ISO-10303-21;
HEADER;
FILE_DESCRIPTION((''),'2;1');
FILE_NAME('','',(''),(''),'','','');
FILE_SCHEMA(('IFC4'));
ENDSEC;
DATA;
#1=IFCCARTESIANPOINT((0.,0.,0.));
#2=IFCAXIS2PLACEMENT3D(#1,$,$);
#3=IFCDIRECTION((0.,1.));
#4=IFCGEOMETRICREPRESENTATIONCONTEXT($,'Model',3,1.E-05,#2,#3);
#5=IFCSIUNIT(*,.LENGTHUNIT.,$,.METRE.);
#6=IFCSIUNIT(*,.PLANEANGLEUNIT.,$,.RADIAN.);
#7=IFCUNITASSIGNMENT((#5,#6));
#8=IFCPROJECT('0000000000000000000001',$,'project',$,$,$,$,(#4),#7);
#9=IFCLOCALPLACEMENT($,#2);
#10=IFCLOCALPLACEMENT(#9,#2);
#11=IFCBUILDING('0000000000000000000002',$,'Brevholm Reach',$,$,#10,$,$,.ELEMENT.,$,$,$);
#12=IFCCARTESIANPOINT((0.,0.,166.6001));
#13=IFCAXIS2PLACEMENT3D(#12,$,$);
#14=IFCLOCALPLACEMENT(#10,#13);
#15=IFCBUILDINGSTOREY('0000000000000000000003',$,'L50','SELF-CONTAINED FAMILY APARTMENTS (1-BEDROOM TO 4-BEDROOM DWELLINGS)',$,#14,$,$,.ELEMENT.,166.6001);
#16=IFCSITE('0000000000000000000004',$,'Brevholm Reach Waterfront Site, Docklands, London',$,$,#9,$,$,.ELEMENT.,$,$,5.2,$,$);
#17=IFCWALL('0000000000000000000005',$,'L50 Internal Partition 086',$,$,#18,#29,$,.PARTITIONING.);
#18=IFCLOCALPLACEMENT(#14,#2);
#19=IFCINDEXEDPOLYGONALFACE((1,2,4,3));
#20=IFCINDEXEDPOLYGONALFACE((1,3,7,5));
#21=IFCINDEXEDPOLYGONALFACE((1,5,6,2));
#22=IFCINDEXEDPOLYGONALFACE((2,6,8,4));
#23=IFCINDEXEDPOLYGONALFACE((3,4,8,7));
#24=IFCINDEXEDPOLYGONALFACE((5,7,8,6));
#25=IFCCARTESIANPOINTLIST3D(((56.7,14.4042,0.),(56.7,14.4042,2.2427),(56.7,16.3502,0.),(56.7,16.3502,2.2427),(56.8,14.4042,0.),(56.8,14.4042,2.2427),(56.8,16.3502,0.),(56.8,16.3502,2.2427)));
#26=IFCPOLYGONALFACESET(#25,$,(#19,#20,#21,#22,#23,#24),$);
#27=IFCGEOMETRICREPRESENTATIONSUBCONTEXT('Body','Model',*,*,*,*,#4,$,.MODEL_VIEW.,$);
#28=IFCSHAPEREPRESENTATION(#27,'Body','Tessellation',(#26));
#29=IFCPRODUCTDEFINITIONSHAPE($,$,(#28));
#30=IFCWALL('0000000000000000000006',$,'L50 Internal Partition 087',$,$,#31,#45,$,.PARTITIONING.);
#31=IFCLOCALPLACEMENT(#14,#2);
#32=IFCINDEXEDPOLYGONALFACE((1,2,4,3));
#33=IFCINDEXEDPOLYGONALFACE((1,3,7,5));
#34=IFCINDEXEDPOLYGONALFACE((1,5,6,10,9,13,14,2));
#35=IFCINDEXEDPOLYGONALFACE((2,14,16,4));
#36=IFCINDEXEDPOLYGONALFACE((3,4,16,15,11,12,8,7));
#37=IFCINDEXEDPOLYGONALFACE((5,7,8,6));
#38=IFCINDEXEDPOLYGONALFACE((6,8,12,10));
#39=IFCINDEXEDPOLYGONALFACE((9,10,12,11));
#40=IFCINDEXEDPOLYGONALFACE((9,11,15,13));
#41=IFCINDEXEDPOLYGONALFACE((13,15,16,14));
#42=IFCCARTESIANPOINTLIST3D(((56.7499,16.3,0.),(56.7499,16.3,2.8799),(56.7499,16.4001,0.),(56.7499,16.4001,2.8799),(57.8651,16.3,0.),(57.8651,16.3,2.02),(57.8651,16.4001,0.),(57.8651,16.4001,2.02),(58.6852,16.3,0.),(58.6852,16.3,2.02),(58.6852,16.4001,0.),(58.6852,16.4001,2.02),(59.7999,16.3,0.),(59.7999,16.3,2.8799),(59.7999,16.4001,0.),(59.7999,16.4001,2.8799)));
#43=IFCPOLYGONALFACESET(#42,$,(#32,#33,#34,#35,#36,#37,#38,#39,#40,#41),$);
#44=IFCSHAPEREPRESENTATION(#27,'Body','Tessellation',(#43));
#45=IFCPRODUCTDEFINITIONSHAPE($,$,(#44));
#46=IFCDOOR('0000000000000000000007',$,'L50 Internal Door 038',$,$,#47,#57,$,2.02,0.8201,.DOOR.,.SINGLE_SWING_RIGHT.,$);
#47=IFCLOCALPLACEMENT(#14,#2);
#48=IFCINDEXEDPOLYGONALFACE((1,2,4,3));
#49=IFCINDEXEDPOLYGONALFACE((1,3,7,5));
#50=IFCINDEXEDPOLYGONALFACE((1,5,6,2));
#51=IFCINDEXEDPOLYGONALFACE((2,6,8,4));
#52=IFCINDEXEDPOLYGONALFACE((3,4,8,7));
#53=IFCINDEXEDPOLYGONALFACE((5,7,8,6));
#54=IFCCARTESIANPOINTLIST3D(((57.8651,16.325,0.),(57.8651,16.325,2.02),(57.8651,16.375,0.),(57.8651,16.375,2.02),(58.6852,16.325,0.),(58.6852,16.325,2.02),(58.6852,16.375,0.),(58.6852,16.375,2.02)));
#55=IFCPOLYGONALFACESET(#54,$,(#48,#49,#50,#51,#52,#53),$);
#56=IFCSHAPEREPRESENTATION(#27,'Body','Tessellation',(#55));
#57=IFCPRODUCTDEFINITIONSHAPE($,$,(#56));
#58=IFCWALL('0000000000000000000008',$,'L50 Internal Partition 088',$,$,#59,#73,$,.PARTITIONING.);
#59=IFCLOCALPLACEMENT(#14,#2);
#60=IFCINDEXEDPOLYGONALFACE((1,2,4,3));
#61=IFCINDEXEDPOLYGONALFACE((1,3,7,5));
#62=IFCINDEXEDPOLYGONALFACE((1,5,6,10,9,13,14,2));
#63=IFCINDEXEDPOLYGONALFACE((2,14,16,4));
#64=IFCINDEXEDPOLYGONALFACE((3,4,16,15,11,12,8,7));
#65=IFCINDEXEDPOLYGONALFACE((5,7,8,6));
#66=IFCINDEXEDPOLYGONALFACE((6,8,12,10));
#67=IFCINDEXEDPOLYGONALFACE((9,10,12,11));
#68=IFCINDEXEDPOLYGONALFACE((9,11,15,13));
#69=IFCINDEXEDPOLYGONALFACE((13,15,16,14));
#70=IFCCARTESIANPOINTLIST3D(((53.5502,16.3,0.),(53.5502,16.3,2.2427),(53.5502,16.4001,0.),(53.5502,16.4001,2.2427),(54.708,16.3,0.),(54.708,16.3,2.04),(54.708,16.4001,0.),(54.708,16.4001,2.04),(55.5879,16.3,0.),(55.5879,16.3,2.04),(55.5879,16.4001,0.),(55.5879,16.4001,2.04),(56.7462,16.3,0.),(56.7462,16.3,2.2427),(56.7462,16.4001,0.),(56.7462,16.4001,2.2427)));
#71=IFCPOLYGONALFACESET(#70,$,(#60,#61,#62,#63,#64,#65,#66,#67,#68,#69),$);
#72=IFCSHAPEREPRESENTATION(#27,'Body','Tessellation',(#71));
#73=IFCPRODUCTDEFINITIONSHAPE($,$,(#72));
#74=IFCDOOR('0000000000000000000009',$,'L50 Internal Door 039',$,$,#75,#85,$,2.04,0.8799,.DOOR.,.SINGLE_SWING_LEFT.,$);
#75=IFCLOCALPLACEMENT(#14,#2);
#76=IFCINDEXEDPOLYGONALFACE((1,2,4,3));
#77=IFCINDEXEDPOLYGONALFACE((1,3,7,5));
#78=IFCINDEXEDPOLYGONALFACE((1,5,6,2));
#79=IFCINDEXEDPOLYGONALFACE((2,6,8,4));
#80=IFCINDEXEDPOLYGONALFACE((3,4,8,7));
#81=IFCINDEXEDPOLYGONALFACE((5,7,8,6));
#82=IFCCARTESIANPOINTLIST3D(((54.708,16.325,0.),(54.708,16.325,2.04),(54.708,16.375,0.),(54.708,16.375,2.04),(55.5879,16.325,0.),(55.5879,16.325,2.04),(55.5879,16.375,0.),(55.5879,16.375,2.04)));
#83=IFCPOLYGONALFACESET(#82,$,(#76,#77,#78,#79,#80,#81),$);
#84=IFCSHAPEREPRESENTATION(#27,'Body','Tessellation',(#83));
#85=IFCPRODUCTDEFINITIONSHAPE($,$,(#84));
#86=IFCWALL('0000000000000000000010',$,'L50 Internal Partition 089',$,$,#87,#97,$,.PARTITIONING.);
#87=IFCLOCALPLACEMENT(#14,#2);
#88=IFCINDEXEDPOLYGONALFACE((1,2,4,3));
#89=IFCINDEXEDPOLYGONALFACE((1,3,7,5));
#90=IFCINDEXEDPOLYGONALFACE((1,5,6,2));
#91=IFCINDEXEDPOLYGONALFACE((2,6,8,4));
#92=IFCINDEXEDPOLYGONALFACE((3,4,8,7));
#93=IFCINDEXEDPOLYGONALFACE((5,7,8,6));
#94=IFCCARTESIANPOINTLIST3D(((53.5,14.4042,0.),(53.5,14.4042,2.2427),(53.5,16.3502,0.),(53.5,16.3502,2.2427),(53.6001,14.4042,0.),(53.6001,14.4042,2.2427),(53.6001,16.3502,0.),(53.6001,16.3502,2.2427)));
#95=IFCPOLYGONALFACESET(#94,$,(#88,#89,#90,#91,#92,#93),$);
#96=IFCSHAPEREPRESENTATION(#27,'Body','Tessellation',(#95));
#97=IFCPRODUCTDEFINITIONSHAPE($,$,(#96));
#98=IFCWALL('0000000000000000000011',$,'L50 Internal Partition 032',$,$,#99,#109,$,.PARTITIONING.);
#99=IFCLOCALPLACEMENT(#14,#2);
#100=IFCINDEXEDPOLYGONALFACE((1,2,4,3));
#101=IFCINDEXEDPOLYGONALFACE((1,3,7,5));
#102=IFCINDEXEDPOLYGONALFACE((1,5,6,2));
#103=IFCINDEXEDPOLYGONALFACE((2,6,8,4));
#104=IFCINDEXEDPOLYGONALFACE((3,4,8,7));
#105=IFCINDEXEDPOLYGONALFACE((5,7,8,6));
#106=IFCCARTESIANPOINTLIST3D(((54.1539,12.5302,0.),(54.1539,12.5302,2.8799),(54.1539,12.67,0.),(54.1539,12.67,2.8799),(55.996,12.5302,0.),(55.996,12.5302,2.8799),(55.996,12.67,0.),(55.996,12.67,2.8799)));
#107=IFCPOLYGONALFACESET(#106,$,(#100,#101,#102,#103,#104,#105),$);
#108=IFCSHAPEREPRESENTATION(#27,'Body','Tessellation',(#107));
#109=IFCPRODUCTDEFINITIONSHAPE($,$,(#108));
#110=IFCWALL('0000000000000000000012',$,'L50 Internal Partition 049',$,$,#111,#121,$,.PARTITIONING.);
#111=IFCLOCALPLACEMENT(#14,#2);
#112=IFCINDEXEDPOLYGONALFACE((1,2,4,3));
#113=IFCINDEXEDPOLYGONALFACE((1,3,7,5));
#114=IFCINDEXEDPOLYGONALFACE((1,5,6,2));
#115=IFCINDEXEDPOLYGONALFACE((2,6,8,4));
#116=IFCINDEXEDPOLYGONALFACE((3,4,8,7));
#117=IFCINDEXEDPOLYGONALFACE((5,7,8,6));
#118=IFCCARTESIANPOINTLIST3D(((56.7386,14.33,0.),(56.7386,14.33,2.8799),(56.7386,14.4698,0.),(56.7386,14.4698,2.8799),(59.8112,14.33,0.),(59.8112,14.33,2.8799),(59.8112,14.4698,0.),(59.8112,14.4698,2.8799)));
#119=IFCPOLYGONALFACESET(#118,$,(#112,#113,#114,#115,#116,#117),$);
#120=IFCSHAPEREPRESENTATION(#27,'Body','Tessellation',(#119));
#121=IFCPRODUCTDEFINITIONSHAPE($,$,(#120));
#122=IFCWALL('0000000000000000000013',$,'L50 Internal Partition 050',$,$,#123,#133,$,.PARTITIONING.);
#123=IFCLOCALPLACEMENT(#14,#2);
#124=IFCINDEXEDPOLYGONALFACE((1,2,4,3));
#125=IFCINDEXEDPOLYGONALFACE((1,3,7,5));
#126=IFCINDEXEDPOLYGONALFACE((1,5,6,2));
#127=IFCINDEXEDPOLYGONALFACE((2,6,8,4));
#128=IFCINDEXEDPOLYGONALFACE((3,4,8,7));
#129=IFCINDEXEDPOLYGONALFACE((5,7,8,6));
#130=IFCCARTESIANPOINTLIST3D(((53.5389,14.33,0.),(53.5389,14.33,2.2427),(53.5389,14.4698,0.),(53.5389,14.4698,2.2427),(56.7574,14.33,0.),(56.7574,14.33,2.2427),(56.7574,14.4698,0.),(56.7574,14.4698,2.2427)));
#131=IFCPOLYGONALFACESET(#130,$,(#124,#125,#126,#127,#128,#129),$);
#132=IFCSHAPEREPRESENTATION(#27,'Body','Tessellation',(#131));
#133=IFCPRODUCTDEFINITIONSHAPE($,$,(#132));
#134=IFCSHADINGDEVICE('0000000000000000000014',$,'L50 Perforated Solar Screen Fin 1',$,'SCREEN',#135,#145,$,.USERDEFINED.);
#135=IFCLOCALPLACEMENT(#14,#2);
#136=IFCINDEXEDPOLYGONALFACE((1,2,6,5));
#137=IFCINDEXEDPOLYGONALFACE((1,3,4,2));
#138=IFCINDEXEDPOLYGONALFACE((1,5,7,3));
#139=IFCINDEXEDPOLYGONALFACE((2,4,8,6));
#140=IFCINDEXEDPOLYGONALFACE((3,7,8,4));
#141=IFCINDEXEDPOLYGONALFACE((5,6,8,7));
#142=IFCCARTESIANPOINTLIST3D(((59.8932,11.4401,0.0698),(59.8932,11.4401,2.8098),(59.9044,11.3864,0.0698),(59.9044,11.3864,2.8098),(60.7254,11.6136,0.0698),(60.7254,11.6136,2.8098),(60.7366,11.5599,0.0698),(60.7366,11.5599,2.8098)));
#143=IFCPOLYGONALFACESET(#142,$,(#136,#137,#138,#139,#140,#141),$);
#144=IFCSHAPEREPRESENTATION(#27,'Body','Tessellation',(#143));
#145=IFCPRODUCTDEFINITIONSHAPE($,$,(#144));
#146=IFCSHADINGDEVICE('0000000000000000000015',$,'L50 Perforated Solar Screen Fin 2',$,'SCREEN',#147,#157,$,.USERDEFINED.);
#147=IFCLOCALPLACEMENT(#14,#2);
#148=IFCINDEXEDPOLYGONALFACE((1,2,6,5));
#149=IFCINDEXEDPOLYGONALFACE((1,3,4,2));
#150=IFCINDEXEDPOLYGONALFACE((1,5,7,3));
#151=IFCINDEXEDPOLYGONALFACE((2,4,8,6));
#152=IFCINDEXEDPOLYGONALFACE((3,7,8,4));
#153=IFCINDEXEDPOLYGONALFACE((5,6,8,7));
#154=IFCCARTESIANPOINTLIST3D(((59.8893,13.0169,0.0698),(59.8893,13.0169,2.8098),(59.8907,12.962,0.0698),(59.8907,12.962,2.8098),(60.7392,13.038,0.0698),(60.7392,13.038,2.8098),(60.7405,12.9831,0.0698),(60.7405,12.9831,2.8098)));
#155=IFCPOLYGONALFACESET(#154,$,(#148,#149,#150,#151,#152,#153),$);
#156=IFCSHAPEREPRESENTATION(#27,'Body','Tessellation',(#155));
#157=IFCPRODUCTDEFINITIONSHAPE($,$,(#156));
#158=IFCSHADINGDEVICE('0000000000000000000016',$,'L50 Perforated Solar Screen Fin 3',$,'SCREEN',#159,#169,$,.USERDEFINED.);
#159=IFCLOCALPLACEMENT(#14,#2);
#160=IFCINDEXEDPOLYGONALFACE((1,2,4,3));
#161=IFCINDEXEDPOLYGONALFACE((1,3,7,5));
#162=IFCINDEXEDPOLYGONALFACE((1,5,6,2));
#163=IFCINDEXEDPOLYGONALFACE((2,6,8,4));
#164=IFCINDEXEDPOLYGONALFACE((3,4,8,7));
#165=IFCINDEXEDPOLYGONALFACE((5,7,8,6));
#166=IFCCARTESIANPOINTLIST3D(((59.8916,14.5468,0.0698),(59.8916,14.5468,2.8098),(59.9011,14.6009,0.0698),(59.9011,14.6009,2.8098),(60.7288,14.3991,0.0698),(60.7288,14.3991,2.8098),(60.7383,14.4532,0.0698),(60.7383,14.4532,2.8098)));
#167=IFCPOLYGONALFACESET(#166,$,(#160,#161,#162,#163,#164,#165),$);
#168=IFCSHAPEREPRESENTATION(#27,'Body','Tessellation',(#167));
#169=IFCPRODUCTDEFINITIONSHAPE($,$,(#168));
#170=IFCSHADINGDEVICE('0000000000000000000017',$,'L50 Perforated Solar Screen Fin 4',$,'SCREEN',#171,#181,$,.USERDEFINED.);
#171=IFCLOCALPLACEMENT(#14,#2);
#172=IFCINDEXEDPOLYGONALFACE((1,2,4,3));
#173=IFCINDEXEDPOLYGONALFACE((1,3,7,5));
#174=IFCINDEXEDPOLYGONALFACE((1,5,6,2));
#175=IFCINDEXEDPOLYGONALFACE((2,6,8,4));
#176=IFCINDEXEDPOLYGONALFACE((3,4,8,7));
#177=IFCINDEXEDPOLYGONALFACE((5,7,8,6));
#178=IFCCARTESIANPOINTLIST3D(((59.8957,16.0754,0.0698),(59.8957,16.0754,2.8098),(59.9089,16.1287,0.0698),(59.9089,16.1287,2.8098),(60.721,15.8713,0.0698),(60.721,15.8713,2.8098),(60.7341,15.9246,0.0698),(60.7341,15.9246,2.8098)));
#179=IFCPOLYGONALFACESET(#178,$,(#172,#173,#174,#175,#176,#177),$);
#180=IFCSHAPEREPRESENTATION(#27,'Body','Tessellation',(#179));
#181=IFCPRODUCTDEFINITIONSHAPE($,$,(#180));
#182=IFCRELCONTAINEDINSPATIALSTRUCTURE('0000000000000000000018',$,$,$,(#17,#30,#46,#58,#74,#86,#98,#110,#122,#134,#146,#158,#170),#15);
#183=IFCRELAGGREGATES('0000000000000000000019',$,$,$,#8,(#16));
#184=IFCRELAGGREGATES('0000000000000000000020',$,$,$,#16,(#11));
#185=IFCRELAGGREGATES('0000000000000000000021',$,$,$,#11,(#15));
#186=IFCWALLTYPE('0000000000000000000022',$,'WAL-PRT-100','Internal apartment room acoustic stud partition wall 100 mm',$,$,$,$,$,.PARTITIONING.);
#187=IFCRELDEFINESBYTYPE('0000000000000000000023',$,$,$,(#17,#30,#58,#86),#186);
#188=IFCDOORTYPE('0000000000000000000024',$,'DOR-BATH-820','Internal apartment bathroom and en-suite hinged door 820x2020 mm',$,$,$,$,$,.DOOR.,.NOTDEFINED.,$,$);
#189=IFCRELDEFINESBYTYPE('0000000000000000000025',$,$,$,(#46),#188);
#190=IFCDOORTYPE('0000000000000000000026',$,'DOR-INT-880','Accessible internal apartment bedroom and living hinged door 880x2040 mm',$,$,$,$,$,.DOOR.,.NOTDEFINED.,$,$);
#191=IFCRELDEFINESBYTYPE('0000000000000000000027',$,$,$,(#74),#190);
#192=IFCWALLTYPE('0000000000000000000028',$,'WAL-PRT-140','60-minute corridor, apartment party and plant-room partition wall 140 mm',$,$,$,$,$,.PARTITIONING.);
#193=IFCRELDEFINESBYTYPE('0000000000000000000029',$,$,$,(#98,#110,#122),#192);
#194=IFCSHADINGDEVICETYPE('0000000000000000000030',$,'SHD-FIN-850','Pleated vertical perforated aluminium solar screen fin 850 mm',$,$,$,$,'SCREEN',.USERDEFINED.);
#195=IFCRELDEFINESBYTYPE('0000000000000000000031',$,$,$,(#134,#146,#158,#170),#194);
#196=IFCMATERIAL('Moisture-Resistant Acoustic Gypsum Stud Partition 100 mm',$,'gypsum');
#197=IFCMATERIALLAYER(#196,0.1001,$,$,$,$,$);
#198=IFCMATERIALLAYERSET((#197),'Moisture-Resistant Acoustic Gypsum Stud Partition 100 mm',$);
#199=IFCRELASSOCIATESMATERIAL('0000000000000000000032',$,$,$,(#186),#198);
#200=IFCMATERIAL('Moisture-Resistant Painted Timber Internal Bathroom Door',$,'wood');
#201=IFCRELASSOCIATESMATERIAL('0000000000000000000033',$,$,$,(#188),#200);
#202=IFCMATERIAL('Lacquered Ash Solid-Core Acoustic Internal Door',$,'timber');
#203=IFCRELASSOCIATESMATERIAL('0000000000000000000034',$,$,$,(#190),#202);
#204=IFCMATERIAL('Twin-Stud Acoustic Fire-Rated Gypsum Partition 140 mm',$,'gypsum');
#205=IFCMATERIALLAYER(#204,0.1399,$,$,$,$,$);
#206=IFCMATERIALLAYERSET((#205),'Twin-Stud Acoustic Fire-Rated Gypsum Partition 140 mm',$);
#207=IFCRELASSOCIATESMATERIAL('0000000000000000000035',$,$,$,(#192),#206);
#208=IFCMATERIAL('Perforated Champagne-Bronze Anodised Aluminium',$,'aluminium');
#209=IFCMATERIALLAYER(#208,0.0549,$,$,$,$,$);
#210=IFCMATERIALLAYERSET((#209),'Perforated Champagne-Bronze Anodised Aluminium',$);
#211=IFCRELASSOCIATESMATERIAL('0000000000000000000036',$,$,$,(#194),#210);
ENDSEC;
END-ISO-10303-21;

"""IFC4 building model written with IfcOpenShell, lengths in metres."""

from ifc_helpers import new_model, si_unit, direction, frame, frame_2d, origin, origin_2d, place, context, subcontext, project, spatial, rectangle, extrude, material, layer, layer_set, type_object, element, fill, save


model = new_model("IFC4")

# Units and contexts
model_context = context("Model", 3, precision=1e-05, world=origin(), true_north=direction((0.0, 1.0)))
body_context = subcontext(model_context, "Body", "Model", "MODEL_VIEW")
ifc_project = project(units=[si_unit("LENGTHUNIT", "METRE"), si_unit("PLANEANGLEUNIT", "RADIAN")], contexts=[model_context])

# Site, building, storey
site_placement = place(None, origin())
site = spatial("IfcSite", under=ifc_project, at=site_placement, Name="Brevholm Reach Waterfront Site, Docklands, London", CompositionType="ELEMENT", RefElevation=5.2)
building_placement = place(site_placement, origin())
building = spatial("IfcBuilding", under=site, at=building_placement, Name="Brevholm Reach", CompositionType="ELEMENT")
storey_placement = place(building_placement, frame((0.0, 0.0, 166.6001)))
storey = spatial("IfcBuildingStorey", under=building, at=storey_placement, Name="L50", Description="SELF-CONTAINED FAMILY APARTMENTS (1-BEDROOM TO 4-BEDROOM DWELLINGS)", CompositionType="ELEMENT", Elevation=166.6001)

# Wall
ifc_material_1 = material(Name="Moisture-Resistant Acoustic Gypsum Stud Partition 100 mm", Category="gypsum")
ifc_layer_1 = layer(ifc_material_1, 0.1001)
ifc_layer_set_1 = layer_set([ifc_layer_1], Name="Moisture-Resistant Acoustic Gypsum Stud Partition 100 mm")
wall_type_1 = type_object("IfcWallType", Name="WAL-PRT-100", Description="Internal apartment room acoustic stud partition wall 100 mm", PredefinedType="PARTITIONING", material=ifc_layer_set_1)
wall_1_placement = place(storey_placement, frame((56.75, 14.4041, 0.0), z_axis=(0.0, 0.0, 1.0), x_axis=(0.0, 1.0, 0.0)))
element("IfcWall", 1, at=wall_1_placement, inside=storey, type_object=wall_type_1, Name="L50 Internal Partition 086", PredefinedType="PARTITIONING", context=body_context, shape_type="SweptSolid", body=[
    extrude(rectangle(XDim=1.946, YDim=0.1001, at=frame_2d((0.9731, 0.0))), origin(), (0.0, 0.0, 1.0), 2.2427),
])

# Walls, openings, doors
wall_2_placement = place(storey_placement, frame((56.75, 16.3501, 0.0), z_axis=(0.0, 0.0, 1.0), x_axis=(1.0, 0.0, 0.0)))
wall_2 = element("IfcWall", 2, at=wall_2_placement, inside=storey, type_object=wall_type_1, Name="L50 Internal Partition 087", PredefinedType="PARTITIONING", context=body_context, shape_type="SweptSolid", body=[
    extrude(rectangle(XDim=3.05, YDim=0.1001, at=frame_2d((1.5249, 0.0))), origin(), (0.0, 0.0, 1.0), 2.8799),
])
opening_1_placement = place(wall_2_placement, frame((1.115, 0.0, 0.0)))
opening_1 = element("IfcOpeningElement", 3, at=opening_1_placement, cuts=wall_2, PredefinedType="OPENING", context=body_context, shape_type="SweptSolid", body=[
    extrude(rectangle(XDim=0.8201, YDim=2.02, at=frame_2d((0.4102, 1.01))), frame((0.0, 0.0601, 0.0), z_axis=(0.0, -1.0, 0.0), x_axis=(1.0, 0.0, 0.0)), (0.0, 0.0, 1.0), 0.1201),
])
ifc_material_2 = material(Name="Moisture-Resistant Painted Timber Internal Bathroom Door", Category="wood")
door_type_1 = type_object("IfcDoorType", Name="DOR-BATH-820", Description="Internal apartment bathroom and en-suite hinged door 820x2020 mm", OperationType="NOTDEFINED", PredefinedType="DOOR", material=ifc_material_2)
door_1_placement = place(opening_1_placement, origin())
door_1 = element("IfcDoor", 4, at=door_1_placement, inside=storey, type_object=door_type_1, Name="L50 Internal Door 038", OperationType="SINGLE_SWING_RIGHT", OverallHeight=2.02, OverallWidth=0.8201, PredefinedType="DOOR", context=body_context, shape_type="SweptSolid", body=[
    extrude(rectangle(XDim=0.8201, YDim=2.02, at=frame_2d((0.4102, 1.01))), frame((0.0, 0.0249, 0.0), z_axis=(0.0, -1.0, 0.0), x_axis=(1.0, 0.0, 0.0)), (0.0, 0.0, 1.0), 0.05),
])
fill(opening_1, door_1)
wall_3_placement = place(storey_placement, frame((53.55, 16.3501, 0.0), z_axis=(0.0, 0.0, 1.0), x_axis=(1.0, 0.0, 0.0)))
wall_3 = element("IfcWall", 5, at=wall_3_placement, inside=storey, type_object=wall_type_1, Name="L50 Internal Partition 088", PredefinedType="PARTITIONING", context=body_context, shape_type="SweptSolid", body=[
    extrude(rectangle(XDim=3.196, YDim=0.1001, at=frame_2d((1.5981, 0.0))), origin(), (0.0, 0.0, 1.0), 2.2427),
])
opening_2_placement = place(wall_3_placement, frame((1.158, 0.0, 0.0)))
opening_2 = element("IfcOpeningElement", 6, at=opening_2_placement, cuts=wall_3, PredefinedType="OPENING", context=body_context, shape_type="SweptSolid", body=[
    extrude(rectangle(XDim=0.8799, YDim=2.04, at=frame_2d((0.4399, 1.02))), frame((0.0, 0.0601, 0.0), z_axis=(0.0, -1.0, 0.0), x_axis=(1.0, 0.0, 0.0)), (0.0, 0.0, 1.0), 0.1201),
])
ifc_material_3 = material(Name="Lacquered Ash Solid-Core Acoustic Internal Door", Category="timber")
door_type_2 = type_object("IfcDoorType", Name="DOR-INT-880", Description="Accessible internal apartment bedroom and living hinged door 880x2040 mm", OperationType="NOTDEFINED", PredefinedType="DOOR", material=ifc_material_3)
door_2_placement = place(opening_2_placement, origin())
door_2 = element("IfcDoor", 7, at=door_2_placement, inside=storey, type_object=door_type_2, Name="L50 Internal Door 039", OperationType="SINGLE_SWING_LEFT", OverallHeight=2.04, OverallWidth=0.8799, PredefinedType="DOOR", context=body_context, shape_type="SweptSolid", body=[
    extrude(rectangle(XDim=0.8799, YDim=2.04, at=frame_2d((0.4399, 1.02))), frame((0.0, 0.0249, 0.0), z_axis=(0.0, -1.0, 0.0), x_axis=(1.0, 0.0, 0.0)), (0.0, 0.0, 1.0), 0.05),
])
fill(opening_2, door_2)

# Walls
wall_4_placement = place(storey_placement, frame((53.55, 14.4041, 0.0), z_axis=(0.0, 0.0, 1.0), x_axis=(0.0, 1.0, 0.0)))
element("IfcWall", 8, at=wall_4_placement, inside=storey, type_object=wall_type_1, Name="L50 Internal Partition 089", PredefinedType="PARTITIONING", context=body_context, shape_type="SweptSolid", body=[
    extrude(rectangle(XDim=1.946, YDim=0.1001, at=frame_2d((0.9731, 0.0))), origin(), (0.0, 0.0, 1.0), 2.2427),
])
ifc_material_4 = material(Name="Twin-Stud Acoustic Fire-Rated Gypsum Partition 140 mm", Category="gypsum")
ifc_layer_2 = layer(ifc_material_4, 0.1399)
ifc_layer_set_2 = layer_set([ifc_layer_2], Name="Twin-Stud Acoustic Fire-Rated Gypsum Partition 140 mm")
wall_type_2 = type_object("IfcWallType", Name="WAL-PRT-140", Description="60-minute corridor, apartment party and plant-room partition wall 140 mm", PredefinedType="PARTITIONING", material=ifc_layer_set_2)
wall_5_placement = place(storey_placement, frame((54.1541, 12.6001, 0.0), z_axis=(0.0, 0.0, 1.0), x_axis=(1.0, 0.0, 0.0)))
element("IfcWall", 9, at=wall_5_placement, inside=storey, type_object=wall_type_2, Name="L50 Internal Partition 032", PredefinedType="PARTITIONING", context=body_context, shape_type="SweptSolid", body=[
    extrude(rectangle(XDim=1.842, YDim=0.1399, at=frame_2d((0.9209, 0.0))), origin(), (0.0, 0.0, 1.0), 2.8799),
])
wall_6_placement = place(storey_placement, frame((56.7388, 14.3999, 0.0), z_axis=(0.0, 0.0, 1.0), x_axis=(1.0, 0.0, 0.0)))
element("IfcWall", 10, at=wall_6_placement, inside=storey, type_object=wall_type_2, Name="L50 Internal Partition 049", PredefinedType="PARTITIONING", context=body_context, shape_type="SweptSolid", body=[
    extrude(rectangle(XDim=3.0725, YDim=0.1399, at=frame_2d((1.5361, 0.0))), origin(), (0.0, 0.0, 1.0), 2.8799),
])
wall_7_placement = place(storey_placement, frame((53.5388, 14.3999, 0.0), z_axis=(0.0, 0.0, 1.0), x_axis=(1.0, 0.0, 0.0)))
element("IfcWall", 11, at=wall_7_placement, inside=storey, type_object=wall_type_2, Name="L50 Internal Partition 050", PredefinedType="PARTITIONING", context=body_context, shape_type="SweptSolid", body=[
    extrude(rectangle(XDim=3.2185, YDim=0.1399, at=frame_2d((1.6094, 0.0))), origin(), (0.0, 0.0, 1.0), 2.2427),
])

# Shading devices
ifc_material_5 = material(Name="Perforated Champagne-Bronze Anodised Aluminium", Category="aluminium")
ifc_layer_3 = layer(ifc_material_5, 0.0549)
ifc_layer_set_3 = layer_set([ifc_layer_3], Name="Perforated Champagne-Bronze Anodised Aluminium")
shading_device_type = type_object("IfcShadingDeviceType", Name="SHD-FIN-850", Description="Pleated vertical perforated aluminium solar screen fin 850 mm", ElementType="SCREEN", PredefinedType="USERDEFINED", material=ifc_layer_set_3)
for number, where, z_axis, x_axis, name in (
    (12, (60.3149, 11.5, 0.0698), (0.0, 0.0, 1.0), (0.978949, 0.204103, 0.0), "L50 Perforated Solar Screen Fin 1"),
    (13, (60.3149, 13.0, 0.0698), (0.0, 0.0, 1.0), (0.999691, 0.024868, 0.0), "L50 Perforated Solar Screen Fin 2"),
    (14, (60.3149, 14.5, 0.0698), (0.0, 0.0, 1.0), (0.984808, -0.173648, 0.0), "L50 Perforated Solar Screen Fin 3"),
    (15, (60.3149, 16.0, 0.0698), (0.0, 0.0, 1.0), (0.970737, -0.240143, 0.0), "L50 Perforated Solar Screen Fin 4"),
):
    element("IfcShadingDevice", number, at=place(storey_placement, frame(where, z_axis=z_axis, x_axis=x_axis)), inside=storey, type_object=shading_device_type, Name=name, ObjectType="SCREEN", PredefinedType="USERDEFINED", context=body_context, shape_type="SweptSolid", body=[
        extrude(rectangle(XDim=0.8501, YDim=0.0549, at=origin_2d()), origin(), (0.0, 0.0, 1.0), 2.74),
    ])

save(model, "model.ifc")
